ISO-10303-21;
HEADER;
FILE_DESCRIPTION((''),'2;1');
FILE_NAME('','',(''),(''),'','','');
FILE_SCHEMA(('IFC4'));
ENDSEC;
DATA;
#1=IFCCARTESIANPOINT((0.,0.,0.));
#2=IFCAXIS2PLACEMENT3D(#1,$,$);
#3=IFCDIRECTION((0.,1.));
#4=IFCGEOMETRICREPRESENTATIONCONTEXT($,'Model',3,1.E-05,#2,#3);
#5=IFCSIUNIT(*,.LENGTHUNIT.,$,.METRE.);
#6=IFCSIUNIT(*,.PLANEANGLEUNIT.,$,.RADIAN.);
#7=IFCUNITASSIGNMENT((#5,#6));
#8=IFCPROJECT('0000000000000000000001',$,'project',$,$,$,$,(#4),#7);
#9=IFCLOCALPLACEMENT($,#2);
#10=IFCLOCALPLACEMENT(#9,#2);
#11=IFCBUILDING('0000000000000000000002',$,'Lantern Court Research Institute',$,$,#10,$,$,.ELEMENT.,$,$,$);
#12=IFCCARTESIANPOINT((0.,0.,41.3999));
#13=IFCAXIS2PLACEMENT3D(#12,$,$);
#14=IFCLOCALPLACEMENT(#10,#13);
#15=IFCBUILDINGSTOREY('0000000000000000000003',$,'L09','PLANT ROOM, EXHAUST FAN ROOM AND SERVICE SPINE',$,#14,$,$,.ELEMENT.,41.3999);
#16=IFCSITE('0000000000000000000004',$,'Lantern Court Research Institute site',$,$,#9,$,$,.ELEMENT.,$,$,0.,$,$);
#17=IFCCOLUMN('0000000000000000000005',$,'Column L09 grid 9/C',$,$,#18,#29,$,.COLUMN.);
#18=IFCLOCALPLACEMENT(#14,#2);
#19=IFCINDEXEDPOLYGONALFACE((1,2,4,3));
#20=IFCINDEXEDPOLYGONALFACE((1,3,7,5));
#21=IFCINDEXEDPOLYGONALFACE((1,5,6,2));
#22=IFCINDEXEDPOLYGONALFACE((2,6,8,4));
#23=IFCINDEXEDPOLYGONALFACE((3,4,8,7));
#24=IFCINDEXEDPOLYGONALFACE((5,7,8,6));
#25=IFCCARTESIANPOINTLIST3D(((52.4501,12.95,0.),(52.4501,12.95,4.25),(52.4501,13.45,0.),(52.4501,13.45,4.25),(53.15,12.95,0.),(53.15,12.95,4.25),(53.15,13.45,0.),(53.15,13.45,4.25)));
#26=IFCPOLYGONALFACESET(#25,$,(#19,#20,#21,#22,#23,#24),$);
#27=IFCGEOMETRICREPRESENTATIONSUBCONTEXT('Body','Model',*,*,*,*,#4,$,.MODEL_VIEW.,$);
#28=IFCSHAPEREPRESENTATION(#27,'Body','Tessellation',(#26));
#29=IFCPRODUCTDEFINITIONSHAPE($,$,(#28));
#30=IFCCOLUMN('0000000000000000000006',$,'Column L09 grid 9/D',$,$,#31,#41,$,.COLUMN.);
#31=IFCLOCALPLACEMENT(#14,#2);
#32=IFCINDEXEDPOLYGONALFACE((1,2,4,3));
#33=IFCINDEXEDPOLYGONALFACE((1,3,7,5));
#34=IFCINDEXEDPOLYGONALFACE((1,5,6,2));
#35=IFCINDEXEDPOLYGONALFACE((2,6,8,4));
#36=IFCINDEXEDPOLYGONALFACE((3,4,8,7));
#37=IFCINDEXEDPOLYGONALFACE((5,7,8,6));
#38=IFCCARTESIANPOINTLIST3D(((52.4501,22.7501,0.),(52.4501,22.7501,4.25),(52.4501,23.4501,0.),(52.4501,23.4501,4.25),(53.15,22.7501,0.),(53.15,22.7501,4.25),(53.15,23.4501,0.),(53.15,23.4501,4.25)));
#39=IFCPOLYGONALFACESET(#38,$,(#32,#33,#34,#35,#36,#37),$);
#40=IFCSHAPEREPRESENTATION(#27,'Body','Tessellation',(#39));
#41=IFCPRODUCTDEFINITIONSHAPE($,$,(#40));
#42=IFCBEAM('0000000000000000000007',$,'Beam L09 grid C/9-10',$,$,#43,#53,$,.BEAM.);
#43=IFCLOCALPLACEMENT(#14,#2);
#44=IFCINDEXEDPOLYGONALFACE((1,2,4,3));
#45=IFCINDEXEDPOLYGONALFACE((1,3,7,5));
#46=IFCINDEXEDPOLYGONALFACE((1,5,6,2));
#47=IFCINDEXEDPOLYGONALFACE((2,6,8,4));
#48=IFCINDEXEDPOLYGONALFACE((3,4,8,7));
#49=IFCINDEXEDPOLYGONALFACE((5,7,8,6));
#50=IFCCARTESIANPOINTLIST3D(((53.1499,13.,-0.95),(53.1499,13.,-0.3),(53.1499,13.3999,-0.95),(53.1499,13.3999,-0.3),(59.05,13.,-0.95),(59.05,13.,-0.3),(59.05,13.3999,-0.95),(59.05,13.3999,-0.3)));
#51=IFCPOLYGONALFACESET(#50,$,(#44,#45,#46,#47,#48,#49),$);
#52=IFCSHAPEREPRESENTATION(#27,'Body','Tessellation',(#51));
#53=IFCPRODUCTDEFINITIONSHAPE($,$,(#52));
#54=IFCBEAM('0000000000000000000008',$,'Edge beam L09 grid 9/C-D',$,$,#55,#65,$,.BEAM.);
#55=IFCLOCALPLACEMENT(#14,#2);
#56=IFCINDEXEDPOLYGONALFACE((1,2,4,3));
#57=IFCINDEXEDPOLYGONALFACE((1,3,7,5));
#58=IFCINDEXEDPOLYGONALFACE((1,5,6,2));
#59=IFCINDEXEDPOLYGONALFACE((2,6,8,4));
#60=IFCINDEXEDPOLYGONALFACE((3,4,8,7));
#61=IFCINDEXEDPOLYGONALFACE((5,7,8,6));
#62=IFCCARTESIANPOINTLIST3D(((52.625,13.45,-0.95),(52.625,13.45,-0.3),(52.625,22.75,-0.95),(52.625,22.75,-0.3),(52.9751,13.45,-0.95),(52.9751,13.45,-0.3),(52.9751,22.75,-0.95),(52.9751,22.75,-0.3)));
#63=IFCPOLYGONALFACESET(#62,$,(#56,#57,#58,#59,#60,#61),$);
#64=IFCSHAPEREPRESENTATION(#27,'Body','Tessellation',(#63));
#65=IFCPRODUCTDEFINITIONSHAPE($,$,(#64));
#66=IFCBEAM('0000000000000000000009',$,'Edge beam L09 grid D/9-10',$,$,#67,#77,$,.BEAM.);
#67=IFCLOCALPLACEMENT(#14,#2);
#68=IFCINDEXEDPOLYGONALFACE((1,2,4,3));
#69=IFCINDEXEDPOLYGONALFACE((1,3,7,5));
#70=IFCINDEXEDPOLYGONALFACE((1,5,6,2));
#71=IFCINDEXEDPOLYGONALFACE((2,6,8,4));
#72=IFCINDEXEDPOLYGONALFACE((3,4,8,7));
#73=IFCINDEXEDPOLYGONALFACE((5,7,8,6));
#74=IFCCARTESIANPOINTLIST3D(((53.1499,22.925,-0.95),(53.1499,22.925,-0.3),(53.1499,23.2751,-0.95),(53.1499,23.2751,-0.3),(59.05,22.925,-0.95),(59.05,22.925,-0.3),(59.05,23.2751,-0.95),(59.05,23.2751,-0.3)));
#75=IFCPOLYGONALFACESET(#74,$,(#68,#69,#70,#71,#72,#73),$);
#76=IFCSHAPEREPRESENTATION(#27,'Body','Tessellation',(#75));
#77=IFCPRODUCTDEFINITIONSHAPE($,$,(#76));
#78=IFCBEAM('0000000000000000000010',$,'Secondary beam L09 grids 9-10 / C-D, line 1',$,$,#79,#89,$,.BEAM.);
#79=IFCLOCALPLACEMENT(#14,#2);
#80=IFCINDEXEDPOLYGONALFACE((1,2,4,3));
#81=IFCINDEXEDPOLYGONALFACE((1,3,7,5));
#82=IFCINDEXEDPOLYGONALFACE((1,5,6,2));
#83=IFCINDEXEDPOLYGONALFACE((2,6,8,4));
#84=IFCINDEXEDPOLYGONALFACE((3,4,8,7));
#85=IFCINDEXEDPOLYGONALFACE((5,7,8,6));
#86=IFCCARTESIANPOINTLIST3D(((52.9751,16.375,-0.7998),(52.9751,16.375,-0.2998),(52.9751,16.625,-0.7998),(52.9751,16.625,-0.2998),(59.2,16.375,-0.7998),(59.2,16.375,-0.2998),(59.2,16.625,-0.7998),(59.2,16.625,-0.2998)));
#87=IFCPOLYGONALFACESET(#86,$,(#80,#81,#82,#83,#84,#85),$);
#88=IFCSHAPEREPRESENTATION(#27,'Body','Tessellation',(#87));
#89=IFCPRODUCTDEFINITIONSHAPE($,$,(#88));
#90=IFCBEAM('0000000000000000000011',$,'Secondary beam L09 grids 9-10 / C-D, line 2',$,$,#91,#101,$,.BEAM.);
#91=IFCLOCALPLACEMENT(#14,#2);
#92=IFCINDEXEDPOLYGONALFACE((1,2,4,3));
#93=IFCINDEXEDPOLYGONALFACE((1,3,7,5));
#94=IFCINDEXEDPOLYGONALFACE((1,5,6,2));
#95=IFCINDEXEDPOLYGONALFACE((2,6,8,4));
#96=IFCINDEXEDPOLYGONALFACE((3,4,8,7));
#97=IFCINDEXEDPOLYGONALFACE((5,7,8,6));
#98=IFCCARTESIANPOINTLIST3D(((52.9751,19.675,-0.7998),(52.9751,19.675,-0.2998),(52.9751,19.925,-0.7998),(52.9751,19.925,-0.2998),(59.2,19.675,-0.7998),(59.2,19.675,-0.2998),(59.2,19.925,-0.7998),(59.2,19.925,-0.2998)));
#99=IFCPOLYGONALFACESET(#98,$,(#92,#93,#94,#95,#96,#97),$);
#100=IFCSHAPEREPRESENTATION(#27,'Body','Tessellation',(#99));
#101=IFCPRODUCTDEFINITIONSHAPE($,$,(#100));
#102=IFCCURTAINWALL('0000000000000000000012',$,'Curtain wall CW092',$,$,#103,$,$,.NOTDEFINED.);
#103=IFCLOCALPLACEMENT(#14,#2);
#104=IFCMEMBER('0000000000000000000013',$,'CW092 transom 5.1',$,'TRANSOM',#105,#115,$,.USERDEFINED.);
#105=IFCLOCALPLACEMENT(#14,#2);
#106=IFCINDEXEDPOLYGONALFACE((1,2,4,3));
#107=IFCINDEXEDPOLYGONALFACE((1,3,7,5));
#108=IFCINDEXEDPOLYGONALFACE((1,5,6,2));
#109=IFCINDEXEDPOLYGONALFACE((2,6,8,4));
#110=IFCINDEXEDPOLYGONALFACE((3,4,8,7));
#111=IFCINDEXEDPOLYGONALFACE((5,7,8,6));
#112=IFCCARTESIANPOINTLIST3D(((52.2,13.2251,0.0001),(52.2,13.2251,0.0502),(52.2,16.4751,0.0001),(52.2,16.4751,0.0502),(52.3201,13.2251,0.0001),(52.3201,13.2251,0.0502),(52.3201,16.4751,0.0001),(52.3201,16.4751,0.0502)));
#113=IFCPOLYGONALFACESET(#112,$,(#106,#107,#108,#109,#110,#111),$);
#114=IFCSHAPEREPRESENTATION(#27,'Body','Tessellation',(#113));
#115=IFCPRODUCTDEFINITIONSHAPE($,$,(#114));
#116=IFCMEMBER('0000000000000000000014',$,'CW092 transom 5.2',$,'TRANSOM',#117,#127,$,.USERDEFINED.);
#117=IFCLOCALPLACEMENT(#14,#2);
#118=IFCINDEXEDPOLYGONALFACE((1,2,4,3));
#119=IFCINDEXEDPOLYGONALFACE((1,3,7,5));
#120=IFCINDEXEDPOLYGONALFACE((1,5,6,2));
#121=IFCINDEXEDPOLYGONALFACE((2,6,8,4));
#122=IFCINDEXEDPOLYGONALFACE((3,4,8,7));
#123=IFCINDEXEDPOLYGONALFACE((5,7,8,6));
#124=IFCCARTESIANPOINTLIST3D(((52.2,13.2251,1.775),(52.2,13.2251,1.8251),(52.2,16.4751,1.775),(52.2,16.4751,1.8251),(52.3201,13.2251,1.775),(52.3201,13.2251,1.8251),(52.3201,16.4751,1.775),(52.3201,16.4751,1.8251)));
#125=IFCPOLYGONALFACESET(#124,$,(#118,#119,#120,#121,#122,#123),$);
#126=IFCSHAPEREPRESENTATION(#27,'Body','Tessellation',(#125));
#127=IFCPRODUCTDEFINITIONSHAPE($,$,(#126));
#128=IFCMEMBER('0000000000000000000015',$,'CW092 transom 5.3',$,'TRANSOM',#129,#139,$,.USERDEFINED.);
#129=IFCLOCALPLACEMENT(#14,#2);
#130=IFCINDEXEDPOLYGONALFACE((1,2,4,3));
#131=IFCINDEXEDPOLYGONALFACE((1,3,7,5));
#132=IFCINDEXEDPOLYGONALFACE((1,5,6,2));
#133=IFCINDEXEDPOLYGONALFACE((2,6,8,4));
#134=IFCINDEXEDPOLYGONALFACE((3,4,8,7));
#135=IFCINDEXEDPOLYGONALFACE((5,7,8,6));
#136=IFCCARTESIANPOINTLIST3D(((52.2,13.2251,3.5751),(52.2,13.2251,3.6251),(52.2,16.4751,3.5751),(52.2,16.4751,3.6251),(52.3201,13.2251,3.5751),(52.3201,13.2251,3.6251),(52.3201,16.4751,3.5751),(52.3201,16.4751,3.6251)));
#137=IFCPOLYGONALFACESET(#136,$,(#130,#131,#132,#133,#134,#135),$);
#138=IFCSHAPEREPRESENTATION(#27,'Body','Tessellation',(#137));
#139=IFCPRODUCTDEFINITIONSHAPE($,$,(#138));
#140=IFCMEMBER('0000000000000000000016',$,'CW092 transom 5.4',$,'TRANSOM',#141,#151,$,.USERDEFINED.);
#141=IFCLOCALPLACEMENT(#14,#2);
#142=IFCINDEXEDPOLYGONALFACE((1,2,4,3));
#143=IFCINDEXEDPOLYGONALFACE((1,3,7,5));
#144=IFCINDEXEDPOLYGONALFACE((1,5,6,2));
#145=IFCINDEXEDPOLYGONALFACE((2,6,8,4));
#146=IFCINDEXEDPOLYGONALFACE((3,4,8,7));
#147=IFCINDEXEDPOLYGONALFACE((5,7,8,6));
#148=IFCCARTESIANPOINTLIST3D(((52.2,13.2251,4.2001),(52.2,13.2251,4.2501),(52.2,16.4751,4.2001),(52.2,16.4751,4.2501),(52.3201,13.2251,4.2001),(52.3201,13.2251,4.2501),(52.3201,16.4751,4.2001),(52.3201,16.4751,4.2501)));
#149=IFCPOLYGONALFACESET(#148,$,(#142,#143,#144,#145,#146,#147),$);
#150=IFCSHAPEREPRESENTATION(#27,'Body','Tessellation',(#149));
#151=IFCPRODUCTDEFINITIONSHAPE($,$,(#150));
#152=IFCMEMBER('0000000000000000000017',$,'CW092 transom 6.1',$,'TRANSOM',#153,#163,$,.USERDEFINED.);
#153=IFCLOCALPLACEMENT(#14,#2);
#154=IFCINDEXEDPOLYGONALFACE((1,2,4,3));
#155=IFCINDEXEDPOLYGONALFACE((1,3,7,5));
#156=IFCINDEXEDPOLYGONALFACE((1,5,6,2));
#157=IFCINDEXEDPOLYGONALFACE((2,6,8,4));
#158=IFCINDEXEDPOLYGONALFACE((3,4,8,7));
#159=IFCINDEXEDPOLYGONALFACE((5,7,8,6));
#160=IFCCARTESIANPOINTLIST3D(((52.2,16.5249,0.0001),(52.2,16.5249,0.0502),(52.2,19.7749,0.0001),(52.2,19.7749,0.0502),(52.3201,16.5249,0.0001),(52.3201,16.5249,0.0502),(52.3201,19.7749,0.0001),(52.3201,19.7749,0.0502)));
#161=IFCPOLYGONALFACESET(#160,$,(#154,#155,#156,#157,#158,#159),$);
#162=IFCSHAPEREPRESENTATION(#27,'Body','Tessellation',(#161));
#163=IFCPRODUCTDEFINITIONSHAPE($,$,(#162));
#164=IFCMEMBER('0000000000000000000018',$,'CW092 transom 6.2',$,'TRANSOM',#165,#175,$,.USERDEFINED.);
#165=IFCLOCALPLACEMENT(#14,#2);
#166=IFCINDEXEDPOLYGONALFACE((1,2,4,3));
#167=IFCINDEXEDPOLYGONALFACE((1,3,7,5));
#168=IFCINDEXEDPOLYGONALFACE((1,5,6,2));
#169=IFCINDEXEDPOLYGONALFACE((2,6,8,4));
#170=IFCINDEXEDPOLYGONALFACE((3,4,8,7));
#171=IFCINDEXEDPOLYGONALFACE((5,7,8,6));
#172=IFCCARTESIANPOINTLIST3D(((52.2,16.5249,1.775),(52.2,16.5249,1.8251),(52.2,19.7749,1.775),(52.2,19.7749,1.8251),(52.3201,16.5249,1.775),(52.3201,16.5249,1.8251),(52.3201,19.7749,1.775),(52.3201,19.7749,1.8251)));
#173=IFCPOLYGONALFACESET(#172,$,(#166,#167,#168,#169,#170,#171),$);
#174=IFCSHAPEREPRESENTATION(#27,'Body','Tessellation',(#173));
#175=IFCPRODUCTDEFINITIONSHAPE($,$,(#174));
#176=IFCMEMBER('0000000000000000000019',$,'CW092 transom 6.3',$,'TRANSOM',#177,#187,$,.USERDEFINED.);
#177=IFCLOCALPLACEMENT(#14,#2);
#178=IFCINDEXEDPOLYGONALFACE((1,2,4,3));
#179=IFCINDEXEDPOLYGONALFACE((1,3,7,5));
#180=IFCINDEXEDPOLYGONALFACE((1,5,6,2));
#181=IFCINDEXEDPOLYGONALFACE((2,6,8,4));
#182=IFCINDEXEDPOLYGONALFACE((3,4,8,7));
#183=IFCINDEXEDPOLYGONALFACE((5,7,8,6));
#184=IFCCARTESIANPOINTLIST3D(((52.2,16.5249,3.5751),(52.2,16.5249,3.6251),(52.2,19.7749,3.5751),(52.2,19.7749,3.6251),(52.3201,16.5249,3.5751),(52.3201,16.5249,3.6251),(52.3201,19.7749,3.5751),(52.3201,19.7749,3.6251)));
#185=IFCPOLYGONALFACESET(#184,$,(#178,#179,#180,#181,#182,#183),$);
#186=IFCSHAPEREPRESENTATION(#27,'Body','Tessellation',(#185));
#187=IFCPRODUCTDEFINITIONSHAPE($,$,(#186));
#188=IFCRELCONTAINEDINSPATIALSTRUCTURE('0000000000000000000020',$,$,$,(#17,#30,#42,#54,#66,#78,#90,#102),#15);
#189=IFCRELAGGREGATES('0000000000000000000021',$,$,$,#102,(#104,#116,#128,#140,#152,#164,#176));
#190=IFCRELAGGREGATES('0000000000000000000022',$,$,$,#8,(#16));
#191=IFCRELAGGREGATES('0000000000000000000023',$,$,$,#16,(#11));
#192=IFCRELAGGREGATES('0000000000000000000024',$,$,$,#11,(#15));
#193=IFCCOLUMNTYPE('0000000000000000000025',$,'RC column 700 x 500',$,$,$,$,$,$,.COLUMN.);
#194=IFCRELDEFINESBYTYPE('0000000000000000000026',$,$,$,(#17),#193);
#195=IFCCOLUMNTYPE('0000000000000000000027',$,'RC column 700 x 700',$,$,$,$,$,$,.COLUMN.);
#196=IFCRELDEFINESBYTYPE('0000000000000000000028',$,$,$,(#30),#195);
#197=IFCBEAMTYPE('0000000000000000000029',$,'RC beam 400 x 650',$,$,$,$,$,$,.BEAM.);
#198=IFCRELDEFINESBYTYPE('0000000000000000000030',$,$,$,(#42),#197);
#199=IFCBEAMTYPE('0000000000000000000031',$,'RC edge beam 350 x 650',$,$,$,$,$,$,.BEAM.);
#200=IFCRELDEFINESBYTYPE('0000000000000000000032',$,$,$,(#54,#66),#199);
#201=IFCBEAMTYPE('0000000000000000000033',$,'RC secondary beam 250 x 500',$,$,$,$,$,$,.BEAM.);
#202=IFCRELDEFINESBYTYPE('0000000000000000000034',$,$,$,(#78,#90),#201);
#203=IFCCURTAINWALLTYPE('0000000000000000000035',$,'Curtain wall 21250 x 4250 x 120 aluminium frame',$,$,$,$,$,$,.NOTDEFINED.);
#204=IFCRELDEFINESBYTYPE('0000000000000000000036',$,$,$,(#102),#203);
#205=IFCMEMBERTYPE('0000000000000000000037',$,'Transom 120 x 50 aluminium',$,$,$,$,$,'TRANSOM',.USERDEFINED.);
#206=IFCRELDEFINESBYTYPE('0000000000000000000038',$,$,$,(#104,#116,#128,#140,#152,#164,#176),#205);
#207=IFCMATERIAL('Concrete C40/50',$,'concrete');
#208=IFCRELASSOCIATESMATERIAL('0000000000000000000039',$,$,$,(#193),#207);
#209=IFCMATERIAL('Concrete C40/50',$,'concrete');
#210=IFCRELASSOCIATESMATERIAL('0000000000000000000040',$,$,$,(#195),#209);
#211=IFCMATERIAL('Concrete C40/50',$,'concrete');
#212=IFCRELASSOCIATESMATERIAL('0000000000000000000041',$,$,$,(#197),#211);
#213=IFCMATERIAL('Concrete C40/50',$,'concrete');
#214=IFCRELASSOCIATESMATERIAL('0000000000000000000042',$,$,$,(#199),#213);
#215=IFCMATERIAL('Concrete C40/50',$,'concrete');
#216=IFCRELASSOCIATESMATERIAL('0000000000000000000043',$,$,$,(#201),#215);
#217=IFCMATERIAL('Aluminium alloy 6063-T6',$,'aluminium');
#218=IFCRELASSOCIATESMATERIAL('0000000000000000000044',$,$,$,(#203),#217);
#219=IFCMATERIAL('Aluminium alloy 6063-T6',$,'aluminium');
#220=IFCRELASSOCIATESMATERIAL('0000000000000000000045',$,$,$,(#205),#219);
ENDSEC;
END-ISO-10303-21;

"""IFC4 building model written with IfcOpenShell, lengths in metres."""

from ifc_helpers import new_model, si_unit, direction, frame, origin, origin_2d, place, context, subcontext, project, spatial, rectangle, extrude, material, material_profile, profile_set, type_object, element, aggregate, save


model = new_model("IFC4")

# Units and contexts
model_context = context("Model", 3, precision=1e-05, world=origin(), true_north=direction((0.0, 1.0)))
body_context = subcontext(model_context, "Body", "Model", "MODEL_VIEW")
ifc_project = project(units=[si_unit("LENGTHUNIT", "METRE"), si_unit("PLANEANGLEUNIT", "RADIAN")], contexts=[model_context])

# Site, building, storey
site_placement = place(None, origin())
site = spatial("IfcSite", under=ifc_project, at=site_placement, Name="Lantern Court Research Institute site", CompositionType="ELEMENT", RefElevation=0.0)
building_placement = place(site_placement, origin())
building = spatial("IfcBuilding", under=site, at=building_placement, Name="Lantern Court Research Institute", CompositionType="ELEMENT")
storey_placement = place(building_placement, frame((0.0, 0.0, 41.3999)))
storey = spatial("IfcBuildingStorey", under=building, at=storey_placement, Name="L09", Description="PLANT ROOM, EXHAUST FAN ROOM AND SERVICE SPINE", CompositionType="ELEMENT", Elevation=41.3999)

# Columns
ifc_material_1 = material(Name="Concrete C40/50", Category="concrete")
ifc_material_profile_1 = material_profile(ifc_material_1, rectangle(XDim=0.7, YDim=0.5, at=origin_2d()), Name="RC column 700 x 500")
ifc_profile_set_1 = profile_set([ifc_material_profile_1], Name="Concrete C40/50")
column_type_1 = type_object("IfcColumnType", Name="RC column 700 x 500", PredefinedType="COLUMN", material=ifc_profile_set_1)
column_1_placement = place(storey_placement, frame((52.8, 13.2, 0.0), z_axis=(0.0, 0.0, 1.0), x_axis=(1.0, 0.0, 0.0)))
element("IfcColumn", 1, at=column_1_placement, inside=storey, type_object=column_type_1, Name="Column L09 grid 9/C", PredefinedType="COLUMN", context=body_context, shape_type="SweptSolid", body=[
    extrude(rectangle(XDim=0.7, YDim=0.5, at=origin_2d()), origin(), (0.0, 0.0, 1.0), 4.25),
])
ifc_material_2 = material(Name="Concrete C40/50", Category="concrete")
ifc_material_profile_2 = material_profile(ifc_material_2, rectangle(XDim=0.7, YDim=0.7, at=origin_2d()), Name="RC column 700 x 700")
ifc_profile_set_2 = profile_set([ifc_material_profile_2], Name="Concrete C40/50")
column_type_2 = type_object("IfcColumnType", Name="RC column 700 x 700", PredefinedType="COLUMN", material=ifc_profile_set_2)
column_2_placement = place(storey_placement, frame((52.8, 23.1001, 0.0), z_axis=(0.0, 0.0, 1.0), x_axis=(1.0, 0.0, 0.0)))
element("IfcColumn", 2, at=column_2_placement, inside=storey, type_object=column_type_2, Name="Column L09 grid 9/D", PredefinedType="COLUMN", context=body_context, shape_type="SweptSolid", body=[
    extrude(rectangle(XDim=0.7, YDim=0.7, at=origin_2d()), origin(), (0.0, 0.0, 1.0), 4.25),
])

# Beams
ifc_material_3 = material(Name="Concrete C40/50", Category="concrete")
ifc_material_profile_3 = material_profile(ifc_material_3, rectangle(XDim=0.3999, YDim=0.6499, at=origin_2d()), Name="RC beam 400 x 650")
ifc_profile_set_3 = profile_set([ifc_material_profile_3], Name="Concrete C40/50")
beam_type_1 = type_object("IfcBeamType", Name="RC beam 400 x 650", PredefinedType="BEAM", material=ifc_profile_set_3)
beam_1_placement = place(storey_placement, frame((53.1499, 13.2, -0.625), z_axis=(1.0, 0.0, 0.0), x_axis=(0.0, 1.0, 0.0)))
element("IfcBeam", 3, at=beam_1_placement, inside=storey, type_object=beam_type_1, Name="Beam L09 grid C/9-10", PredefinedType="BEAM", context=body_context, shape_type="SweptSolid", body=[
    extrude(rectangle(XDim=0.3999, YDim=0.6499, at=origin_2d()), origin(), (0.0, 0.0, 1.0), 5.9001),
])
ifc_material_4 = material(Name="Concrete C40/50", Category="concrete")
ifc_material_profile_4 = material_profile(ifc_material_4, rectangle(XDim=0.3501, YDim=0.6499, at=origin_2d()), Name="RC beam 350 x 650")
ifc_profile_set_4 = profile_set([ifc_material_profile_4], Name="Concrete C40/50")
beam_type_2 = type_object("IfcBeamType", Name="RC edge beam 350 x 650", PredefinedType="BEAM", material=ifc_profile_set_4)
beam_2_placement = place(storey_placement, frame((52.8, 13.45, -0.625), z_axis=(0.0, 1.0, 0.0), x_axis=(-1.0, 0.0, 0.0)))
element("IfcBeam", 4, at=beam_2_placement, inside=storey, type_object=beam_type_2, Name="Edge beam L09 grid 9/C-D", PredefinedType="BEAM", context=body_context, shape_type="SweptSolid", body=[
    extrude(rectangle(XDim=0.3501, YDim=0.6499, at=origin_2d()), origin(), (0.0, 0.0, 1.0), 9.3),
])
beam_3_placement = place(storey_placement, frame((53.1499, 23.1001, -0.625), z_axis=(1.0, 0.0, 0.0), x_axis=(0.0, 1.0, 0.0)))
element("IfcBeam", 5, at=beam_3_placement, inside=storey, type_object=beam_type_2, Name="Edge beam L09 grid D/9-10", PredefinedType="BEAM", context=body_context, shape_type="SweptSolid", body=[
    extrude(rectangle(XDim=0.3501, YDim=0.6499, at=origin_2d()), origin(), (0.0, 0.0, 1.0), 5.9001),
])
ifc_material_5 = material(Name="Concrete C40/50", Category="concrete")
ifc_material_profile_5 = material_profile(ifc_material_5, rectangle(XDim=0.25, YDim=0.5, at=origin_2d()), Name="RC beam 250 x 500")
ifc_profile_set_5 = profile_set([ifc_material_profile_5], Name="Concrete C40/50")
beam_type_3 = type_object("IfcBeamType", Name="RC secondary beam 250 x 500", PredefinedType="BEAM", material=ifc_profile_set_5)
for number, where, z_axis, x_axis, name in (
    (6, (52.9751, 16.5, -0.5498), (1.0, 0.0, 0.0), (0.0, 1.0, 0.0), "Secondary beam L09 grids 9-10 / C-D, line 1"),
    (7, (52.9751, 19.8, -0.5498), (1.0, 0.0, 0.0), (0.0, 1.0, 0.0), "Secondary beam L09 grids 9-10 / C-D, line 2"),
):
    element("IfcBeam", number, at=place(storey_placement, frame(where, z_axis=z_axis, x_axis=x_axis)), inside=storey, type_object=beam_type_3, Name=name, PredefinedType="BEAM", context=body_context, shape_type="SweptSolid", body=[
        extrude(rectangle(XDim=0.25, YDim=0.5, at=origin_2d()), origin(), (0.0, 0.0, 1.0), 6.2249),
    ])

# Curtain wall, members
ifc_material_6 = material(Name="Aluminium alloy 6063-T6", Category="aluminium")
curtain_wall_type = type_object("IfcCurtainWallType", Name="Curtain wall 21250 x 4250 x 120 aluminium frame", PredefinedType="NOTDEFINED", material=ifc_material_6)
curtain_wall_placement = place(storey_placement, origin())
curtain_wall = element("IfcCurtainWall", 8, at=curtain_wall_placement, inside=storey, type_object=curtain_wall_type, Name="Curtain wall CW092", PredefinedType="NOTDEFINED")
ifc_material_7 = material(Name="Aluminium alloy 6063-T6", Category="aluminium")
ifc_material_profile_6 = material_profile(ifc_material_7, rectangle(XDim=0.1201, YDim=0.05, at=origin_2d()), Name="Transom 120 x 50")
ifc_profile_set_6 = profile_set([ifc_material_profile_6], Name="Aluminium alloy 6063-T6")
member_type = type_object("IfcMemberType", Name="Transom 120 x 50 aluminium", ElementType="TRANSOM", PredefinedType="USERDEFINED", material=ifc_profile_set_6)
member_1_placement = place(storey_placement, frame((52.26, 13.2251, 0.0251), z_axis=(0.0, 1.0, 0.0), x_axis=(-1.0, 0.0, 0.0)))
member_1 = element("IfcMember", 9, at=member_1_placement, type_object=member_type, Name="CW092 transom 5.1", ObjectType="TRANSOM", PredefinedType="USERDEFINED", context=body_context, shape_type="SweptSolid", body=[
    extrude(rectangle(XDim=0.1201, YDim=0.05, at=origin_2d()), origin(), (0.0, 0.0, 1.0), 3.25),
])
member_2_placement = place(storey_placement, frame((52.26, 13.2251, 1.8), z_axis=(0.0, 1.0, 0.0), x_axis=(-1.0, 0.0, 0.0)))
member_2 = element("IfcMember", 10, at=member_2_placement, type_object=member_type, Name="CW092 transom 5.2", ObjectType="TRANSOM", PredefinedType="USERDEFINED", context=body_context, shape_type="SweptSolid", body=[
    extrude(rectangle(XDim=0.1201, YDim=0.05, at=origin_2d()), origin(), (0.0, 0.0, 1.0), 3.25),
])
member_3_placement = place(storey_placement, frame((52.26, 13.2251, 3.6001), z_axis=(0.0, 1.0, 0.0), x_axis=(-1.0, 0.0, 0.0)))
member_3 = element("IfcMember", 11, at=member_3_placement, type_object=member_type, Name="CW092 transom 5.3", ObjectType="TRANSOM", PredefinedType="USERDEFINED", context=body_context, shape_type="SweptSolid", body=[
    extrude(rectangle(XDim=0.1201, YDim=0.05, at=origin_2d()), origin(), (0.0, 0.0, 1.0), 3.25),
])
member_4_placement = place(storey_placement, frame((52.26, 13.2251, 4.2251), z_axis=(0.0, 1.0, 0.0), x_axis=(-1.0, 0.0, 0.0)))
member_4 = element("IfcMember", 12, at=member_4_placement, type_object=member_type, Name="CW092 transom 5.4", ObjectType="TRANSOM", PredefinedType="USERDEFINED", context=body_context, shape_type="SweptSolid", body=[
    extrude(rectangle(XDim=0.1201, YDim=0.05, at=origin_2d()), origin(), (0.0, 0.0, 1.0), 3.25),
])
member_5_placement = place(storey_placement, frame((52.26, 16.5249, 0.0251), z_axis=(0.0, 1.0, 0.0), x_axis=(-1.0, 0.0, 0.0)))
member_5 = element("IfcMember", 13, at=member_5_placement, type_object=member_type, Name="CW092 transom 6.1", ObjectType="TRANSOM", PredefinedType="USERDEFINED", context=body_context, shape_type="SweptSolid", body=[
    extrude(rectangle(XDim=0.1201, YDim=0.05, at=origin_2d()), origin(), (0.0, 0.0, 1.0), 3.25),
])
member_6_placement = place(storey_placement, frame((52.26, 16.5249, 1.8), z_axis=(0.0, 1.0, 0.0), x_axis=(-1.0, 0.0, 0.0)))
member_6 = element("IfcMember", 14, at=member_6_placement, type_object=member_type, Name="CW092 transom 6.2", ObjectType="TRANSOM", PredefinedType="USERDEFINED", context=body_context, shape_type="SweptSolid", body=[
    extrude(rectangle(XDim=0.1201, YDim=0.05, at=origin_2d()), origin(), (0.0, 0.0, 1.0), 3.25),
])
member_7_placement = place(storey_placement, frame((52.26, 16.5249, 3.6001), z_axis=(0.0, 1.0, 0.0), x_axis=(-1.0, 0.0, 0.0)))
member_7 = element("IfcMember", 15, at=member_7_placement, type_object=member_type, Name="CW092 transom 6.3", ObjectType="TRANSOM", PredefinedType="USERDEFINED", context=body_context, shape_type="SweptSolid", body=[
    extrude(rectangle(XDim=0.1201, YDim=0.05, at=origin_2d()), origin(), (0.0, 0.0, 1.0), 3.25),
])
aggregate(curtain_wall, [member_1, member_2, member_3, member_4, member_5, member_6, member_7])

save(model, "model.ifc")
